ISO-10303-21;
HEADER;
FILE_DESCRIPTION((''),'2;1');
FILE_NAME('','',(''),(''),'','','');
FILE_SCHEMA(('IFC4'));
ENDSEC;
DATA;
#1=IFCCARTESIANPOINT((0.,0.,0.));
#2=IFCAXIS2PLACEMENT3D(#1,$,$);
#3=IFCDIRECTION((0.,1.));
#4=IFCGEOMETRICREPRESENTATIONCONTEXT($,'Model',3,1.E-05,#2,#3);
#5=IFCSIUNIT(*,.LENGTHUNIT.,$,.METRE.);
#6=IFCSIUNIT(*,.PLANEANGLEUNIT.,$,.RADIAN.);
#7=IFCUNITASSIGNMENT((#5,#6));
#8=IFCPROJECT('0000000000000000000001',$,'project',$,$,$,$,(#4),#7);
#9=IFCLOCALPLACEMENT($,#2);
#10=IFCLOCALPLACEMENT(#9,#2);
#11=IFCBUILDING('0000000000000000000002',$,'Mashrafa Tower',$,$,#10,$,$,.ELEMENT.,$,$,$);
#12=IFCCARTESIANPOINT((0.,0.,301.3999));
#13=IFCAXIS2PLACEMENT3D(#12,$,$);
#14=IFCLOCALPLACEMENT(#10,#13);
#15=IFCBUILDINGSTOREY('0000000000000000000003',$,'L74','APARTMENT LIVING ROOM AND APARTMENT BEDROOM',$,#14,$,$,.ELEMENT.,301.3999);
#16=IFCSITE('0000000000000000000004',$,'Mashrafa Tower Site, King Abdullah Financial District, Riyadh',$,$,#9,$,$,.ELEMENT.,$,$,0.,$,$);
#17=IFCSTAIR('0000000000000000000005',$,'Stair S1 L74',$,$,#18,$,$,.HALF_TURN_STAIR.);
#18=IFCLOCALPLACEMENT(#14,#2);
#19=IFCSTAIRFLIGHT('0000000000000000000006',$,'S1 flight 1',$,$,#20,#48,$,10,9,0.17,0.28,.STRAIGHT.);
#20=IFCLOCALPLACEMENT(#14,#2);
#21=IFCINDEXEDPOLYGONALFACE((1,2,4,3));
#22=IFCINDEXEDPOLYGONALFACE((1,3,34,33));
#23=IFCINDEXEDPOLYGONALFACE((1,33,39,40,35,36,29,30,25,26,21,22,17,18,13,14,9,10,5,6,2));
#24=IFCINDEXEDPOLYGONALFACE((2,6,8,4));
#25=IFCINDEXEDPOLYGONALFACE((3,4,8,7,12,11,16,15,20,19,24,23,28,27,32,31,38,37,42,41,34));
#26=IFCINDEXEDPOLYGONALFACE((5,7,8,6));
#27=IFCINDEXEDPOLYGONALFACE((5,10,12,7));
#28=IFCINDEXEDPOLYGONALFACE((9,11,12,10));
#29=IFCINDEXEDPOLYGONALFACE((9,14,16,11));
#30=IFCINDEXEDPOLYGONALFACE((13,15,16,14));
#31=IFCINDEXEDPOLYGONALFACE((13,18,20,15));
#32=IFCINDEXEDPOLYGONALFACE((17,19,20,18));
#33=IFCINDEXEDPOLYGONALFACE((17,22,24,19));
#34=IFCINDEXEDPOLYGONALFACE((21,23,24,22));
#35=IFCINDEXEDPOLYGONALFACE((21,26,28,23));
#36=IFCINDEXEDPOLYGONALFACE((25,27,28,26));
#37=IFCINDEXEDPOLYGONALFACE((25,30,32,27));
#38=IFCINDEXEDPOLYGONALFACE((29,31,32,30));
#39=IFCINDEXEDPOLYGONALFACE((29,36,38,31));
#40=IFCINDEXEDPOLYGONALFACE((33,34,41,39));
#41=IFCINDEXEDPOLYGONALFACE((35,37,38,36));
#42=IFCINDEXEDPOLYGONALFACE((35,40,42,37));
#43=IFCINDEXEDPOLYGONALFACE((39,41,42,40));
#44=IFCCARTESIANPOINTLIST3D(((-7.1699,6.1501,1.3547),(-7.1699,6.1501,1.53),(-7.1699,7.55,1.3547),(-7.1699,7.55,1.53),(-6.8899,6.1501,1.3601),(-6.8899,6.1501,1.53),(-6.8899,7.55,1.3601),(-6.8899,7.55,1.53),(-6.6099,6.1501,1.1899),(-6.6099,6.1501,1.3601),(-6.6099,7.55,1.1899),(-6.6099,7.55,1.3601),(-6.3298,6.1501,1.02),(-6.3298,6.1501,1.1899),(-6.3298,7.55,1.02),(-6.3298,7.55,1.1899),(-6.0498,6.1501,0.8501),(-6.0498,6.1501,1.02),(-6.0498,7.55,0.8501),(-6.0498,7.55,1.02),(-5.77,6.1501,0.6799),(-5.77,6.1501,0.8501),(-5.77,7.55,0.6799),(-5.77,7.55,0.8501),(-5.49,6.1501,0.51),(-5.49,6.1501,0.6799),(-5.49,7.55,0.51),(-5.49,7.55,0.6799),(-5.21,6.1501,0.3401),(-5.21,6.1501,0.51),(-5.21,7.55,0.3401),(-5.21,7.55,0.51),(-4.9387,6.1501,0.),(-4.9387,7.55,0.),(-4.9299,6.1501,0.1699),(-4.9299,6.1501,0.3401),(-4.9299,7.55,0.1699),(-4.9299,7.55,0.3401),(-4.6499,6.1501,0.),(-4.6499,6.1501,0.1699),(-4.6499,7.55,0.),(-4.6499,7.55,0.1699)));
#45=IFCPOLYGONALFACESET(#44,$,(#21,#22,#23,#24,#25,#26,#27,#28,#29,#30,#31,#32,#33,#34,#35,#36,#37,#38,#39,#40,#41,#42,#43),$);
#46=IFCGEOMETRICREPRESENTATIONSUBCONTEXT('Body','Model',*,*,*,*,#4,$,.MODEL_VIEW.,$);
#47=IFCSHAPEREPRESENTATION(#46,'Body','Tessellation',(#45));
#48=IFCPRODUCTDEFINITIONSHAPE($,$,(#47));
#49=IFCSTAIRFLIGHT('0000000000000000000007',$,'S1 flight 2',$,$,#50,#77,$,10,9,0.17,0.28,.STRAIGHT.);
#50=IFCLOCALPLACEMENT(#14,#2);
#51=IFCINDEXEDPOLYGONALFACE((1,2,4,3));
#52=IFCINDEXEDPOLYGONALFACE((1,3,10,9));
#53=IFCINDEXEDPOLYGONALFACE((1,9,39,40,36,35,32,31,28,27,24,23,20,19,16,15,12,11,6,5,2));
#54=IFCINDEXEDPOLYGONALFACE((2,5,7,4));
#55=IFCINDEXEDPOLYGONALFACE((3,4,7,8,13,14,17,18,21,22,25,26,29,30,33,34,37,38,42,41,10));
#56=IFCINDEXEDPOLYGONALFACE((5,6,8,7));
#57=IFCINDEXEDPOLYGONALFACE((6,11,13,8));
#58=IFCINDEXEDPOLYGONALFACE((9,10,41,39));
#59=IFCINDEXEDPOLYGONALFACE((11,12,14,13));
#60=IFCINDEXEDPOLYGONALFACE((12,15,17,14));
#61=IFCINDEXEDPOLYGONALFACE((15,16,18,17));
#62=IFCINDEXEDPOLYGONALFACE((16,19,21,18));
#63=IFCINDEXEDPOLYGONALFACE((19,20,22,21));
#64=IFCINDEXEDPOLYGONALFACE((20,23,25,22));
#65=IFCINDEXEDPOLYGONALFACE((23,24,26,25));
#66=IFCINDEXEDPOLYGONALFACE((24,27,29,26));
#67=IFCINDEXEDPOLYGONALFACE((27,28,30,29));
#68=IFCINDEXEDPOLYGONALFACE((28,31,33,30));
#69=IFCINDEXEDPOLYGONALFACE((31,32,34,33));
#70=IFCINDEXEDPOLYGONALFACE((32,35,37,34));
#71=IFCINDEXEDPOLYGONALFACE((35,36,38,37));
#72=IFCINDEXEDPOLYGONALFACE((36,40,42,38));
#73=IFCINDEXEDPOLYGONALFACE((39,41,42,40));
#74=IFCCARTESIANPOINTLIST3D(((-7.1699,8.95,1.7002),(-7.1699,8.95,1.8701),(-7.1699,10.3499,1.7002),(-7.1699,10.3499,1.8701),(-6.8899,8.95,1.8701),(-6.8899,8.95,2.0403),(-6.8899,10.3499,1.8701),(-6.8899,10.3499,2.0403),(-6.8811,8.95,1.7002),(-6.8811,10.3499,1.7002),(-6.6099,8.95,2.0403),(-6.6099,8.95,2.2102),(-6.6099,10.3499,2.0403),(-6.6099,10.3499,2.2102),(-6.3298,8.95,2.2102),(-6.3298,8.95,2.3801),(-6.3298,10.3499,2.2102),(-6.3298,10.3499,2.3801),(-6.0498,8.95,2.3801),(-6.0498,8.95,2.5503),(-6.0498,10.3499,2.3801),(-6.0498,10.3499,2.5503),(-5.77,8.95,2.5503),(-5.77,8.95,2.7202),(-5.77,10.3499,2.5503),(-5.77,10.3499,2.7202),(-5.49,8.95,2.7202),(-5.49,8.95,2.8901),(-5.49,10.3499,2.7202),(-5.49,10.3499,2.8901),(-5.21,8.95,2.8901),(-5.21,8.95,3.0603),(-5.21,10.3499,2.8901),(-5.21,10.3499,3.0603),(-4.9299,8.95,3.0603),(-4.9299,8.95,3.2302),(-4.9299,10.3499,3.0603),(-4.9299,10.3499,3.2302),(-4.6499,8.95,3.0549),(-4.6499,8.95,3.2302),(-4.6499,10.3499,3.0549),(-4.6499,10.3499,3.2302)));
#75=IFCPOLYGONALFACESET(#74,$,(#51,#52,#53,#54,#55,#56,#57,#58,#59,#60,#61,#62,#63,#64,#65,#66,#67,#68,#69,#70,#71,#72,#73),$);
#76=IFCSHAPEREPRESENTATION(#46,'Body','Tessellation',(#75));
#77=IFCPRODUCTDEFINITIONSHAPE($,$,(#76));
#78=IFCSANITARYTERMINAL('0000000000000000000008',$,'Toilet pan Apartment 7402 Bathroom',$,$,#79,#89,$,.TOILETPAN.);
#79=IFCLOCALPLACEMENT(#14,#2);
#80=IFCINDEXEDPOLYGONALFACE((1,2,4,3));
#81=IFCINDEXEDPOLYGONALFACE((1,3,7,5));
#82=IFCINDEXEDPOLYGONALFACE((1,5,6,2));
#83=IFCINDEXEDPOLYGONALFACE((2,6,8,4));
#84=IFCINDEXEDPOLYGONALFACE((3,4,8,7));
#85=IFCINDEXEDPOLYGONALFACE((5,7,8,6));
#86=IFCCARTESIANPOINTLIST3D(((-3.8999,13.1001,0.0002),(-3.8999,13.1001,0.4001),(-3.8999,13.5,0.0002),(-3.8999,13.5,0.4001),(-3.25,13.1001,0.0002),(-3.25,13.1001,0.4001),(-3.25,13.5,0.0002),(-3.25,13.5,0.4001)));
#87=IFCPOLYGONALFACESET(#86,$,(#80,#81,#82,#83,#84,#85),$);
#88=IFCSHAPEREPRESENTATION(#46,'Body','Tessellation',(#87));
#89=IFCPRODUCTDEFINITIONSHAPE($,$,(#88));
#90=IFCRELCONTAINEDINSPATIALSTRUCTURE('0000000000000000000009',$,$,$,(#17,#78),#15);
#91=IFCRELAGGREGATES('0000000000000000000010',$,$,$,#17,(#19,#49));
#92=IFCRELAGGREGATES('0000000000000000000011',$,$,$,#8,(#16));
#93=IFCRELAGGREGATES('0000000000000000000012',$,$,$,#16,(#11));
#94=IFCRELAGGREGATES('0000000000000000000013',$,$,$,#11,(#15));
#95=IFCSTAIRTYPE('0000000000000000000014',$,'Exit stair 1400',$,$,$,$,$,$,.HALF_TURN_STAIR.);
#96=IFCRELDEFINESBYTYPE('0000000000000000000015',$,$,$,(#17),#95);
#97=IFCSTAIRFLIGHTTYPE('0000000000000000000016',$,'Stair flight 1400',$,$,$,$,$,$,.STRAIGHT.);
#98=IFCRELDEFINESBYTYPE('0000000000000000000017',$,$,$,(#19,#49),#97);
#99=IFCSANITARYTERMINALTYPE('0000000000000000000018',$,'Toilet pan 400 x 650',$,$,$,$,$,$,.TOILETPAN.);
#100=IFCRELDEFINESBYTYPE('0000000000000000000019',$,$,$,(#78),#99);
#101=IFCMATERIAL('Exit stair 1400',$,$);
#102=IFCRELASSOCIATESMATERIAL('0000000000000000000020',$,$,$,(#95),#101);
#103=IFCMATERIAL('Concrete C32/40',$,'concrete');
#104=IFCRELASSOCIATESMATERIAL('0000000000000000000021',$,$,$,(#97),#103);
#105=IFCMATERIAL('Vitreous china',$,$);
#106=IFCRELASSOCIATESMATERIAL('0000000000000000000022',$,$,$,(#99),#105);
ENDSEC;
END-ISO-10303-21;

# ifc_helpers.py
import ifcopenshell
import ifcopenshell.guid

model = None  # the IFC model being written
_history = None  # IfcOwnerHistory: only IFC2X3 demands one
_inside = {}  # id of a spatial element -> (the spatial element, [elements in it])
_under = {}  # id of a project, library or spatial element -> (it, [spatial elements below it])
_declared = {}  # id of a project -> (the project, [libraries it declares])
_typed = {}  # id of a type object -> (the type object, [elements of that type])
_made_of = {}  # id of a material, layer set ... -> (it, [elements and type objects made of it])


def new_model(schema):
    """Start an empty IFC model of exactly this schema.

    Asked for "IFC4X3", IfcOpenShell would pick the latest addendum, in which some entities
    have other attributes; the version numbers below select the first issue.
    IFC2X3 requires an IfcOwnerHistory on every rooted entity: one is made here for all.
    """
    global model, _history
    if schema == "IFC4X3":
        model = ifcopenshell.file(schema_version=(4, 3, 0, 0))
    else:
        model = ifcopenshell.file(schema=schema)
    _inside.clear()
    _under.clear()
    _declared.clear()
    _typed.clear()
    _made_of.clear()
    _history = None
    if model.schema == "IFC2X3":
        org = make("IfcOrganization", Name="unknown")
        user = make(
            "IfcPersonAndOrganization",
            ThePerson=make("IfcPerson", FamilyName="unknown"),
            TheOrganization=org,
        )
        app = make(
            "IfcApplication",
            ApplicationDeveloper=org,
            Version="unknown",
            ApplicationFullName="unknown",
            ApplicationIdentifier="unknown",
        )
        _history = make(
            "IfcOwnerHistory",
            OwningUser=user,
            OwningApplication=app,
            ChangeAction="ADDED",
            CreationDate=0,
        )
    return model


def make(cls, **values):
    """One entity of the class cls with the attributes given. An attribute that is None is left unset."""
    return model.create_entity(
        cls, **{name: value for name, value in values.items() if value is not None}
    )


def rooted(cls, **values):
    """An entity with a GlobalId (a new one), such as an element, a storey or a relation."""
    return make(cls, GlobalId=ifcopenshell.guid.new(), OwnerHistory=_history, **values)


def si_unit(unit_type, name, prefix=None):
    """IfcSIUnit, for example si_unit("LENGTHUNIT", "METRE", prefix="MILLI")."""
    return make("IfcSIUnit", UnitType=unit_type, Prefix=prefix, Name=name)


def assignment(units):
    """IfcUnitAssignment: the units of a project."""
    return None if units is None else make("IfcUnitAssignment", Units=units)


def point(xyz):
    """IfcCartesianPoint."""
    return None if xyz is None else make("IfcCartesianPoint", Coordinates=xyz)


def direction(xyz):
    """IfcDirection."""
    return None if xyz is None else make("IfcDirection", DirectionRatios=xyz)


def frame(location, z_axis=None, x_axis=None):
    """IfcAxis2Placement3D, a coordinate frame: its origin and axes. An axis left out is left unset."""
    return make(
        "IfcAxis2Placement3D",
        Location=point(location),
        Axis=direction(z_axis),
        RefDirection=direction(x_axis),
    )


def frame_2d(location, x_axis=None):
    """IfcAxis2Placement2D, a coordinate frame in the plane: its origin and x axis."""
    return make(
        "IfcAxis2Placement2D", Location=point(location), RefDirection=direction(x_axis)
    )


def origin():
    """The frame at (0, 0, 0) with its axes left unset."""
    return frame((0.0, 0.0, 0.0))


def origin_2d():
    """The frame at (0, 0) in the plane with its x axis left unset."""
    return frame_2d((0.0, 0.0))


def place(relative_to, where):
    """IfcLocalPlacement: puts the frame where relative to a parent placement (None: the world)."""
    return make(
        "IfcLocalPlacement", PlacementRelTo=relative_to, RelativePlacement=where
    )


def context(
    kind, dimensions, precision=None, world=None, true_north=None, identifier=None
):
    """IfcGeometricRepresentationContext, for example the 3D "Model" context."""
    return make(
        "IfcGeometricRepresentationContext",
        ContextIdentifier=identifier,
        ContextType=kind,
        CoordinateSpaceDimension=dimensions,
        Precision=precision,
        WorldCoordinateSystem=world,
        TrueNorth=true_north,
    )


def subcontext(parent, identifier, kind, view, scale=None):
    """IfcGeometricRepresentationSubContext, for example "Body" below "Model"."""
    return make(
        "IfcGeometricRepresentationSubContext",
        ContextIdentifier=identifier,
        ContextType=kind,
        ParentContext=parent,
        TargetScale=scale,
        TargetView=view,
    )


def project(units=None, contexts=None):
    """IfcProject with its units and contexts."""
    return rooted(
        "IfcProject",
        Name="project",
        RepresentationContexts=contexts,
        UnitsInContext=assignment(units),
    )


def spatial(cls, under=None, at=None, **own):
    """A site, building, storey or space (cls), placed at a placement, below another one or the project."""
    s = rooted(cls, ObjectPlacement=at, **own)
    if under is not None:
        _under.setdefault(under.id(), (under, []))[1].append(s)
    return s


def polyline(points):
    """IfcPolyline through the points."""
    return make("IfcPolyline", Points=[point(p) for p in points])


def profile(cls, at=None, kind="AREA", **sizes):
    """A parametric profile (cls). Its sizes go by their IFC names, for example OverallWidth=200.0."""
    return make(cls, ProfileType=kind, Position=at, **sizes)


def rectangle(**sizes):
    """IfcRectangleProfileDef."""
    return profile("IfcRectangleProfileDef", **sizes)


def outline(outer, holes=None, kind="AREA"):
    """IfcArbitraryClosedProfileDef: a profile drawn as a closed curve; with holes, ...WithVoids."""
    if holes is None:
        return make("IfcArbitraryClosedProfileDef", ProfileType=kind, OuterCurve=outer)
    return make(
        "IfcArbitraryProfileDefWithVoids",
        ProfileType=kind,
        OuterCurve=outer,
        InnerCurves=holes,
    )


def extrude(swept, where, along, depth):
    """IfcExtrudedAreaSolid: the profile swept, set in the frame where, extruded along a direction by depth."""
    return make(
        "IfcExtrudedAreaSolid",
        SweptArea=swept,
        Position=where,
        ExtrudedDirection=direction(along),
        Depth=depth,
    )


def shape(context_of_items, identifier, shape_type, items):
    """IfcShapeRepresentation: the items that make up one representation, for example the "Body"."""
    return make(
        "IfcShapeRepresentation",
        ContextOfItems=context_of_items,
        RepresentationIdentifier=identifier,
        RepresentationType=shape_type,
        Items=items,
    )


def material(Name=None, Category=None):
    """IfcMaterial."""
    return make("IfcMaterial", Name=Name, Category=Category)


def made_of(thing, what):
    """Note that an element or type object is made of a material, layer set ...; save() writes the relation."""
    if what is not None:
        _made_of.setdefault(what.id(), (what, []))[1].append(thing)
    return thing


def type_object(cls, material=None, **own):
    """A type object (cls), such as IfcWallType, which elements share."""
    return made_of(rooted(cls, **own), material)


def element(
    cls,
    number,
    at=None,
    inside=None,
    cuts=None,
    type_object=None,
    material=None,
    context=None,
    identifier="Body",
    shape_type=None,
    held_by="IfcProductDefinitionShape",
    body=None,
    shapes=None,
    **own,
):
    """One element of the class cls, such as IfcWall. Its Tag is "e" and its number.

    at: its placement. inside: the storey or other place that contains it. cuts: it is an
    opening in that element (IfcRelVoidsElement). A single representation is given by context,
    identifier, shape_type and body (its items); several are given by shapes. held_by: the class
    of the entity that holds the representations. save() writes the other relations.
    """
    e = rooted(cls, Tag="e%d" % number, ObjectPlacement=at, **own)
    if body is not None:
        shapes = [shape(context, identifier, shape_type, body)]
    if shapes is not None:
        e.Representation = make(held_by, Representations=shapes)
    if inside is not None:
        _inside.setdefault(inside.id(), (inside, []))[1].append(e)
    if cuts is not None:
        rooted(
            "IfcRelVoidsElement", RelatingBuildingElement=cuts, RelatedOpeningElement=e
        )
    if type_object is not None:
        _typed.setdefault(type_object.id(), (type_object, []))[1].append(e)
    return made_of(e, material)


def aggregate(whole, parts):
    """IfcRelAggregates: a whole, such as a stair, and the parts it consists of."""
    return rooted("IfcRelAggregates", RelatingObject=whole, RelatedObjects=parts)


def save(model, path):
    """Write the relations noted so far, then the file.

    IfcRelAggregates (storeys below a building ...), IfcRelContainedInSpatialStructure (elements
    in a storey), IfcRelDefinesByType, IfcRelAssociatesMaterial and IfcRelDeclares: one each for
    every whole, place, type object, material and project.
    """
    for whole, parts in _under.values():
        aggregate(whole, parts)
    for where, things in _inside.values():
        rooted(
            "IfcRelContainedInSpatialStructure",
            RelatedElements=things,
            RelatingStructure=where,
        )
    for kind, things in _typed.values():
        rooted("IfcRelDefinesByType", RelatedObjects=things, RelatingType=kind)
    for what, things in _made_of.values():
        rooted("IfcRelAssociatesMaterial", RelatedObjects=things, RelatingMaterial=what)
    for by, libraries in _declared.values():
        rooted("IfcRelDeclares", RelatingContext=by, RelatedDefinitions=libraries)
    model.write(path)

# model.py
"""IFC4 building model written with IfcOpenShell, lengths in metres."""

from ifc_helpers import new_model, si_unit, direction, frame, origin, origin_2d, place, context, subcontext, project, spatial, polyline, rectangle, outline, extrude, material, type_object, element, aggregate, save


model = new_model("IFC4")

# Units and contexts
model_context = context("Model", 3, precision=1e-05, world=origin(), true_north=direction((0.0, 1.0)))
body_context = subcontext(model_context, "Body", "Model", "MODEL_VIEW")
ifc_project = project(units=[si_unit("LENGTHUNIT", "METRE"), si_unit("PLANEANGLEUNIT", "RADIAN")], contexts=[model_context])

# Site, building, storey
site_placement = place(None, origin())
site = spatial("IfcSite", under=ifc_project, at=site_placement, Name="Mashrafa Tower Site, King Abdullah Financial District, Riyadh", CompositionType="ELEMENT", RefElevation=0.0)
building_placement = place(site_placement, origin())
building = spatial("IfcBuilding", under=site, at=building_placement, Name="Mashrafa Tower", CompositionType="ELEMENT")
storey_placement = place(building_placement, frame((0.0, 0.0, 301.3999)))
storey = spatial("IfcBuildingStorey", under=building, at=storey_placement, Name="L74", Description="APARTMENT LIVING ROOM AND APARTMENT BEDROOM", CompositionType="ELEMENT", Elevation=301.3999)

# Stair, stair flights
ifc_material_1 = material(Name="Exit stair 1400")
stair_type = type_object("IfcStairType", Name="Exit stair 1400", PredefinedType="HALF_TURN_STAIR", material=ifc_material_1)
stair_placement = place(storey_placement, origin())
stair = element("IfcStair", 1, at=stair_placement, inside=storey, type_object=stair_type, Name="Stair S1 L74", PredefinedType="HALF_TURN_STAIR")
ifc_material_2 = material(Name="Concrete C32/40", Category="concrete")
stair_flight_type = type_object("IfcStairFlightType", Name="Stair flight 1400", PredefinedType="STRAIGHT", material=ifc_material_2)
stair_flight_1_placement = place(storey_placement, frame((-4.6499, 6.8501, 0.0), z_axis=(0.0, 0.0, 1.0), x_axis=(-1.0, 0.0, 0.0)))
stair_flight_1 = element("IfcStairFlight", 2, at=stair_flight_1_placement, type_object=stair_flight_type, Name="S1 flight 1", NumberOfRisers=10, NumberOfTreads=9, PredefinedType="STRAIGHT", RiserHeight=0.17, TreadLength=0.28, context=body_context, shape_type="SweptSolid", body=[
    extrude(outline(polyline([(0.0, 0.0), (0.0, 0.1699), (0.28, 0.1699), (0.28, 0.3401), (0.5601, 0.3401), (0.5601, 0.51), (0.8401, 0.51), (0.8401, 0.6799), (1.1201, 0.6799), (1.1201, 0.8501), (1.3999, 0.8501), (1.3999, 1.02), (1.6799, 1.02), (1.6799, 1.1899), (1.96, 1.1899), (1.96, 1.3601), (2.24, 1.3601), (2.24, 1.53), (2.52, 1.53), (2.52, 1.7), (2.52, 1.3547), (0.2888, 0.0), (0.0, 0.0)])), frame((0.0, 0.7, 0.0), z_axis=(0.0, -1.0, 0.0), x_axis=(1.0, 0.0, 0.0)), (0.0, 0.0, 1.0), 1.3999),
])
stair_flight_2_placement = place(storey_placement, frame((-7.1699, 9.6499, 1.7002), z_axis=(0.0, 0.0, 1.0), x_axis=(1.0, 0.0, 0.0)))
stair_flight_2 = element("IfcStairFlight", 3, at=stair_flight_2_placement, type_object=stair_flight_type, Name="S1 flight 2", NumberOfRisers=10, NumberOfTreads=9, PredefinedType="STRAIGHT", RiserHeight=0.17, TreadLength=0.28, context=body_context, shape_type="SweptSolid", body=[
    extrude(outline(polyline([(0.0, 0.0), (0.0, 0.1699), (0.28, 0.1699), (0.28, 0.3401), (0.5601, 0.3401), (0.5601, 0.51), (0.8401, 0.51), (0.8401, 0.6799), (1.1201, 0.6799), (1.1201, 0.8501), (1.3999, 0.8501), (1.3999, 1.02), (1.6799, 1.02), (1.6799, 1.1899), (1.96, 1.1899), (1.96, 1.3601), (2.24, 1.3601), (2.24, 1.53), (2.52, 1.53), (2.52, 1.7), (2.52, 1.3547), (0.2888, 0.0), (0.0, 0.0)])), frame((0.0, 0.7, 0.0), z_axis=(0.0, -1.0, 0.0), x_axis=(1.0, 0.0, 0.0)), (0.0, 0.0, 1.0), 1.3999),
])
aggregate(stair, [stair_flight_1, stair_flight_2])

# Sanitary terminal
ifc_material_3 = material(Name="Vitreous china")
sanitary_terminal_type = type_object("IfcSanitaryTerminalType", Name="Toilet pan 400 x 650", PredefinedType="TOILETPAN", material=ifc_material_3)
sanitary_terminal_placement = place(storey_placement, frame((-3.575, 13.3, 0.0002), z_axis=(0.0, 0.0, 1.0), x_axis=(0.0, 1.0, 0.0)))
element("IfcSanitaryTerminal", 4, at=sanitary_terminal_placement, inside=storey, type_object=sanitary_terminal_type, Name="Toilet pan Apartment 7402 Bathroom", PredefinedType="TOILETPAN", context=body_context, shape_type="SweptSolid", body=[
    extrude(rectangle(XDim=0.3999, YDim=0.6499, at=origin_2d()), origin(), (0.0, 0.0, 1.0), 0.3999),
])

save(model, "model.ifc")
